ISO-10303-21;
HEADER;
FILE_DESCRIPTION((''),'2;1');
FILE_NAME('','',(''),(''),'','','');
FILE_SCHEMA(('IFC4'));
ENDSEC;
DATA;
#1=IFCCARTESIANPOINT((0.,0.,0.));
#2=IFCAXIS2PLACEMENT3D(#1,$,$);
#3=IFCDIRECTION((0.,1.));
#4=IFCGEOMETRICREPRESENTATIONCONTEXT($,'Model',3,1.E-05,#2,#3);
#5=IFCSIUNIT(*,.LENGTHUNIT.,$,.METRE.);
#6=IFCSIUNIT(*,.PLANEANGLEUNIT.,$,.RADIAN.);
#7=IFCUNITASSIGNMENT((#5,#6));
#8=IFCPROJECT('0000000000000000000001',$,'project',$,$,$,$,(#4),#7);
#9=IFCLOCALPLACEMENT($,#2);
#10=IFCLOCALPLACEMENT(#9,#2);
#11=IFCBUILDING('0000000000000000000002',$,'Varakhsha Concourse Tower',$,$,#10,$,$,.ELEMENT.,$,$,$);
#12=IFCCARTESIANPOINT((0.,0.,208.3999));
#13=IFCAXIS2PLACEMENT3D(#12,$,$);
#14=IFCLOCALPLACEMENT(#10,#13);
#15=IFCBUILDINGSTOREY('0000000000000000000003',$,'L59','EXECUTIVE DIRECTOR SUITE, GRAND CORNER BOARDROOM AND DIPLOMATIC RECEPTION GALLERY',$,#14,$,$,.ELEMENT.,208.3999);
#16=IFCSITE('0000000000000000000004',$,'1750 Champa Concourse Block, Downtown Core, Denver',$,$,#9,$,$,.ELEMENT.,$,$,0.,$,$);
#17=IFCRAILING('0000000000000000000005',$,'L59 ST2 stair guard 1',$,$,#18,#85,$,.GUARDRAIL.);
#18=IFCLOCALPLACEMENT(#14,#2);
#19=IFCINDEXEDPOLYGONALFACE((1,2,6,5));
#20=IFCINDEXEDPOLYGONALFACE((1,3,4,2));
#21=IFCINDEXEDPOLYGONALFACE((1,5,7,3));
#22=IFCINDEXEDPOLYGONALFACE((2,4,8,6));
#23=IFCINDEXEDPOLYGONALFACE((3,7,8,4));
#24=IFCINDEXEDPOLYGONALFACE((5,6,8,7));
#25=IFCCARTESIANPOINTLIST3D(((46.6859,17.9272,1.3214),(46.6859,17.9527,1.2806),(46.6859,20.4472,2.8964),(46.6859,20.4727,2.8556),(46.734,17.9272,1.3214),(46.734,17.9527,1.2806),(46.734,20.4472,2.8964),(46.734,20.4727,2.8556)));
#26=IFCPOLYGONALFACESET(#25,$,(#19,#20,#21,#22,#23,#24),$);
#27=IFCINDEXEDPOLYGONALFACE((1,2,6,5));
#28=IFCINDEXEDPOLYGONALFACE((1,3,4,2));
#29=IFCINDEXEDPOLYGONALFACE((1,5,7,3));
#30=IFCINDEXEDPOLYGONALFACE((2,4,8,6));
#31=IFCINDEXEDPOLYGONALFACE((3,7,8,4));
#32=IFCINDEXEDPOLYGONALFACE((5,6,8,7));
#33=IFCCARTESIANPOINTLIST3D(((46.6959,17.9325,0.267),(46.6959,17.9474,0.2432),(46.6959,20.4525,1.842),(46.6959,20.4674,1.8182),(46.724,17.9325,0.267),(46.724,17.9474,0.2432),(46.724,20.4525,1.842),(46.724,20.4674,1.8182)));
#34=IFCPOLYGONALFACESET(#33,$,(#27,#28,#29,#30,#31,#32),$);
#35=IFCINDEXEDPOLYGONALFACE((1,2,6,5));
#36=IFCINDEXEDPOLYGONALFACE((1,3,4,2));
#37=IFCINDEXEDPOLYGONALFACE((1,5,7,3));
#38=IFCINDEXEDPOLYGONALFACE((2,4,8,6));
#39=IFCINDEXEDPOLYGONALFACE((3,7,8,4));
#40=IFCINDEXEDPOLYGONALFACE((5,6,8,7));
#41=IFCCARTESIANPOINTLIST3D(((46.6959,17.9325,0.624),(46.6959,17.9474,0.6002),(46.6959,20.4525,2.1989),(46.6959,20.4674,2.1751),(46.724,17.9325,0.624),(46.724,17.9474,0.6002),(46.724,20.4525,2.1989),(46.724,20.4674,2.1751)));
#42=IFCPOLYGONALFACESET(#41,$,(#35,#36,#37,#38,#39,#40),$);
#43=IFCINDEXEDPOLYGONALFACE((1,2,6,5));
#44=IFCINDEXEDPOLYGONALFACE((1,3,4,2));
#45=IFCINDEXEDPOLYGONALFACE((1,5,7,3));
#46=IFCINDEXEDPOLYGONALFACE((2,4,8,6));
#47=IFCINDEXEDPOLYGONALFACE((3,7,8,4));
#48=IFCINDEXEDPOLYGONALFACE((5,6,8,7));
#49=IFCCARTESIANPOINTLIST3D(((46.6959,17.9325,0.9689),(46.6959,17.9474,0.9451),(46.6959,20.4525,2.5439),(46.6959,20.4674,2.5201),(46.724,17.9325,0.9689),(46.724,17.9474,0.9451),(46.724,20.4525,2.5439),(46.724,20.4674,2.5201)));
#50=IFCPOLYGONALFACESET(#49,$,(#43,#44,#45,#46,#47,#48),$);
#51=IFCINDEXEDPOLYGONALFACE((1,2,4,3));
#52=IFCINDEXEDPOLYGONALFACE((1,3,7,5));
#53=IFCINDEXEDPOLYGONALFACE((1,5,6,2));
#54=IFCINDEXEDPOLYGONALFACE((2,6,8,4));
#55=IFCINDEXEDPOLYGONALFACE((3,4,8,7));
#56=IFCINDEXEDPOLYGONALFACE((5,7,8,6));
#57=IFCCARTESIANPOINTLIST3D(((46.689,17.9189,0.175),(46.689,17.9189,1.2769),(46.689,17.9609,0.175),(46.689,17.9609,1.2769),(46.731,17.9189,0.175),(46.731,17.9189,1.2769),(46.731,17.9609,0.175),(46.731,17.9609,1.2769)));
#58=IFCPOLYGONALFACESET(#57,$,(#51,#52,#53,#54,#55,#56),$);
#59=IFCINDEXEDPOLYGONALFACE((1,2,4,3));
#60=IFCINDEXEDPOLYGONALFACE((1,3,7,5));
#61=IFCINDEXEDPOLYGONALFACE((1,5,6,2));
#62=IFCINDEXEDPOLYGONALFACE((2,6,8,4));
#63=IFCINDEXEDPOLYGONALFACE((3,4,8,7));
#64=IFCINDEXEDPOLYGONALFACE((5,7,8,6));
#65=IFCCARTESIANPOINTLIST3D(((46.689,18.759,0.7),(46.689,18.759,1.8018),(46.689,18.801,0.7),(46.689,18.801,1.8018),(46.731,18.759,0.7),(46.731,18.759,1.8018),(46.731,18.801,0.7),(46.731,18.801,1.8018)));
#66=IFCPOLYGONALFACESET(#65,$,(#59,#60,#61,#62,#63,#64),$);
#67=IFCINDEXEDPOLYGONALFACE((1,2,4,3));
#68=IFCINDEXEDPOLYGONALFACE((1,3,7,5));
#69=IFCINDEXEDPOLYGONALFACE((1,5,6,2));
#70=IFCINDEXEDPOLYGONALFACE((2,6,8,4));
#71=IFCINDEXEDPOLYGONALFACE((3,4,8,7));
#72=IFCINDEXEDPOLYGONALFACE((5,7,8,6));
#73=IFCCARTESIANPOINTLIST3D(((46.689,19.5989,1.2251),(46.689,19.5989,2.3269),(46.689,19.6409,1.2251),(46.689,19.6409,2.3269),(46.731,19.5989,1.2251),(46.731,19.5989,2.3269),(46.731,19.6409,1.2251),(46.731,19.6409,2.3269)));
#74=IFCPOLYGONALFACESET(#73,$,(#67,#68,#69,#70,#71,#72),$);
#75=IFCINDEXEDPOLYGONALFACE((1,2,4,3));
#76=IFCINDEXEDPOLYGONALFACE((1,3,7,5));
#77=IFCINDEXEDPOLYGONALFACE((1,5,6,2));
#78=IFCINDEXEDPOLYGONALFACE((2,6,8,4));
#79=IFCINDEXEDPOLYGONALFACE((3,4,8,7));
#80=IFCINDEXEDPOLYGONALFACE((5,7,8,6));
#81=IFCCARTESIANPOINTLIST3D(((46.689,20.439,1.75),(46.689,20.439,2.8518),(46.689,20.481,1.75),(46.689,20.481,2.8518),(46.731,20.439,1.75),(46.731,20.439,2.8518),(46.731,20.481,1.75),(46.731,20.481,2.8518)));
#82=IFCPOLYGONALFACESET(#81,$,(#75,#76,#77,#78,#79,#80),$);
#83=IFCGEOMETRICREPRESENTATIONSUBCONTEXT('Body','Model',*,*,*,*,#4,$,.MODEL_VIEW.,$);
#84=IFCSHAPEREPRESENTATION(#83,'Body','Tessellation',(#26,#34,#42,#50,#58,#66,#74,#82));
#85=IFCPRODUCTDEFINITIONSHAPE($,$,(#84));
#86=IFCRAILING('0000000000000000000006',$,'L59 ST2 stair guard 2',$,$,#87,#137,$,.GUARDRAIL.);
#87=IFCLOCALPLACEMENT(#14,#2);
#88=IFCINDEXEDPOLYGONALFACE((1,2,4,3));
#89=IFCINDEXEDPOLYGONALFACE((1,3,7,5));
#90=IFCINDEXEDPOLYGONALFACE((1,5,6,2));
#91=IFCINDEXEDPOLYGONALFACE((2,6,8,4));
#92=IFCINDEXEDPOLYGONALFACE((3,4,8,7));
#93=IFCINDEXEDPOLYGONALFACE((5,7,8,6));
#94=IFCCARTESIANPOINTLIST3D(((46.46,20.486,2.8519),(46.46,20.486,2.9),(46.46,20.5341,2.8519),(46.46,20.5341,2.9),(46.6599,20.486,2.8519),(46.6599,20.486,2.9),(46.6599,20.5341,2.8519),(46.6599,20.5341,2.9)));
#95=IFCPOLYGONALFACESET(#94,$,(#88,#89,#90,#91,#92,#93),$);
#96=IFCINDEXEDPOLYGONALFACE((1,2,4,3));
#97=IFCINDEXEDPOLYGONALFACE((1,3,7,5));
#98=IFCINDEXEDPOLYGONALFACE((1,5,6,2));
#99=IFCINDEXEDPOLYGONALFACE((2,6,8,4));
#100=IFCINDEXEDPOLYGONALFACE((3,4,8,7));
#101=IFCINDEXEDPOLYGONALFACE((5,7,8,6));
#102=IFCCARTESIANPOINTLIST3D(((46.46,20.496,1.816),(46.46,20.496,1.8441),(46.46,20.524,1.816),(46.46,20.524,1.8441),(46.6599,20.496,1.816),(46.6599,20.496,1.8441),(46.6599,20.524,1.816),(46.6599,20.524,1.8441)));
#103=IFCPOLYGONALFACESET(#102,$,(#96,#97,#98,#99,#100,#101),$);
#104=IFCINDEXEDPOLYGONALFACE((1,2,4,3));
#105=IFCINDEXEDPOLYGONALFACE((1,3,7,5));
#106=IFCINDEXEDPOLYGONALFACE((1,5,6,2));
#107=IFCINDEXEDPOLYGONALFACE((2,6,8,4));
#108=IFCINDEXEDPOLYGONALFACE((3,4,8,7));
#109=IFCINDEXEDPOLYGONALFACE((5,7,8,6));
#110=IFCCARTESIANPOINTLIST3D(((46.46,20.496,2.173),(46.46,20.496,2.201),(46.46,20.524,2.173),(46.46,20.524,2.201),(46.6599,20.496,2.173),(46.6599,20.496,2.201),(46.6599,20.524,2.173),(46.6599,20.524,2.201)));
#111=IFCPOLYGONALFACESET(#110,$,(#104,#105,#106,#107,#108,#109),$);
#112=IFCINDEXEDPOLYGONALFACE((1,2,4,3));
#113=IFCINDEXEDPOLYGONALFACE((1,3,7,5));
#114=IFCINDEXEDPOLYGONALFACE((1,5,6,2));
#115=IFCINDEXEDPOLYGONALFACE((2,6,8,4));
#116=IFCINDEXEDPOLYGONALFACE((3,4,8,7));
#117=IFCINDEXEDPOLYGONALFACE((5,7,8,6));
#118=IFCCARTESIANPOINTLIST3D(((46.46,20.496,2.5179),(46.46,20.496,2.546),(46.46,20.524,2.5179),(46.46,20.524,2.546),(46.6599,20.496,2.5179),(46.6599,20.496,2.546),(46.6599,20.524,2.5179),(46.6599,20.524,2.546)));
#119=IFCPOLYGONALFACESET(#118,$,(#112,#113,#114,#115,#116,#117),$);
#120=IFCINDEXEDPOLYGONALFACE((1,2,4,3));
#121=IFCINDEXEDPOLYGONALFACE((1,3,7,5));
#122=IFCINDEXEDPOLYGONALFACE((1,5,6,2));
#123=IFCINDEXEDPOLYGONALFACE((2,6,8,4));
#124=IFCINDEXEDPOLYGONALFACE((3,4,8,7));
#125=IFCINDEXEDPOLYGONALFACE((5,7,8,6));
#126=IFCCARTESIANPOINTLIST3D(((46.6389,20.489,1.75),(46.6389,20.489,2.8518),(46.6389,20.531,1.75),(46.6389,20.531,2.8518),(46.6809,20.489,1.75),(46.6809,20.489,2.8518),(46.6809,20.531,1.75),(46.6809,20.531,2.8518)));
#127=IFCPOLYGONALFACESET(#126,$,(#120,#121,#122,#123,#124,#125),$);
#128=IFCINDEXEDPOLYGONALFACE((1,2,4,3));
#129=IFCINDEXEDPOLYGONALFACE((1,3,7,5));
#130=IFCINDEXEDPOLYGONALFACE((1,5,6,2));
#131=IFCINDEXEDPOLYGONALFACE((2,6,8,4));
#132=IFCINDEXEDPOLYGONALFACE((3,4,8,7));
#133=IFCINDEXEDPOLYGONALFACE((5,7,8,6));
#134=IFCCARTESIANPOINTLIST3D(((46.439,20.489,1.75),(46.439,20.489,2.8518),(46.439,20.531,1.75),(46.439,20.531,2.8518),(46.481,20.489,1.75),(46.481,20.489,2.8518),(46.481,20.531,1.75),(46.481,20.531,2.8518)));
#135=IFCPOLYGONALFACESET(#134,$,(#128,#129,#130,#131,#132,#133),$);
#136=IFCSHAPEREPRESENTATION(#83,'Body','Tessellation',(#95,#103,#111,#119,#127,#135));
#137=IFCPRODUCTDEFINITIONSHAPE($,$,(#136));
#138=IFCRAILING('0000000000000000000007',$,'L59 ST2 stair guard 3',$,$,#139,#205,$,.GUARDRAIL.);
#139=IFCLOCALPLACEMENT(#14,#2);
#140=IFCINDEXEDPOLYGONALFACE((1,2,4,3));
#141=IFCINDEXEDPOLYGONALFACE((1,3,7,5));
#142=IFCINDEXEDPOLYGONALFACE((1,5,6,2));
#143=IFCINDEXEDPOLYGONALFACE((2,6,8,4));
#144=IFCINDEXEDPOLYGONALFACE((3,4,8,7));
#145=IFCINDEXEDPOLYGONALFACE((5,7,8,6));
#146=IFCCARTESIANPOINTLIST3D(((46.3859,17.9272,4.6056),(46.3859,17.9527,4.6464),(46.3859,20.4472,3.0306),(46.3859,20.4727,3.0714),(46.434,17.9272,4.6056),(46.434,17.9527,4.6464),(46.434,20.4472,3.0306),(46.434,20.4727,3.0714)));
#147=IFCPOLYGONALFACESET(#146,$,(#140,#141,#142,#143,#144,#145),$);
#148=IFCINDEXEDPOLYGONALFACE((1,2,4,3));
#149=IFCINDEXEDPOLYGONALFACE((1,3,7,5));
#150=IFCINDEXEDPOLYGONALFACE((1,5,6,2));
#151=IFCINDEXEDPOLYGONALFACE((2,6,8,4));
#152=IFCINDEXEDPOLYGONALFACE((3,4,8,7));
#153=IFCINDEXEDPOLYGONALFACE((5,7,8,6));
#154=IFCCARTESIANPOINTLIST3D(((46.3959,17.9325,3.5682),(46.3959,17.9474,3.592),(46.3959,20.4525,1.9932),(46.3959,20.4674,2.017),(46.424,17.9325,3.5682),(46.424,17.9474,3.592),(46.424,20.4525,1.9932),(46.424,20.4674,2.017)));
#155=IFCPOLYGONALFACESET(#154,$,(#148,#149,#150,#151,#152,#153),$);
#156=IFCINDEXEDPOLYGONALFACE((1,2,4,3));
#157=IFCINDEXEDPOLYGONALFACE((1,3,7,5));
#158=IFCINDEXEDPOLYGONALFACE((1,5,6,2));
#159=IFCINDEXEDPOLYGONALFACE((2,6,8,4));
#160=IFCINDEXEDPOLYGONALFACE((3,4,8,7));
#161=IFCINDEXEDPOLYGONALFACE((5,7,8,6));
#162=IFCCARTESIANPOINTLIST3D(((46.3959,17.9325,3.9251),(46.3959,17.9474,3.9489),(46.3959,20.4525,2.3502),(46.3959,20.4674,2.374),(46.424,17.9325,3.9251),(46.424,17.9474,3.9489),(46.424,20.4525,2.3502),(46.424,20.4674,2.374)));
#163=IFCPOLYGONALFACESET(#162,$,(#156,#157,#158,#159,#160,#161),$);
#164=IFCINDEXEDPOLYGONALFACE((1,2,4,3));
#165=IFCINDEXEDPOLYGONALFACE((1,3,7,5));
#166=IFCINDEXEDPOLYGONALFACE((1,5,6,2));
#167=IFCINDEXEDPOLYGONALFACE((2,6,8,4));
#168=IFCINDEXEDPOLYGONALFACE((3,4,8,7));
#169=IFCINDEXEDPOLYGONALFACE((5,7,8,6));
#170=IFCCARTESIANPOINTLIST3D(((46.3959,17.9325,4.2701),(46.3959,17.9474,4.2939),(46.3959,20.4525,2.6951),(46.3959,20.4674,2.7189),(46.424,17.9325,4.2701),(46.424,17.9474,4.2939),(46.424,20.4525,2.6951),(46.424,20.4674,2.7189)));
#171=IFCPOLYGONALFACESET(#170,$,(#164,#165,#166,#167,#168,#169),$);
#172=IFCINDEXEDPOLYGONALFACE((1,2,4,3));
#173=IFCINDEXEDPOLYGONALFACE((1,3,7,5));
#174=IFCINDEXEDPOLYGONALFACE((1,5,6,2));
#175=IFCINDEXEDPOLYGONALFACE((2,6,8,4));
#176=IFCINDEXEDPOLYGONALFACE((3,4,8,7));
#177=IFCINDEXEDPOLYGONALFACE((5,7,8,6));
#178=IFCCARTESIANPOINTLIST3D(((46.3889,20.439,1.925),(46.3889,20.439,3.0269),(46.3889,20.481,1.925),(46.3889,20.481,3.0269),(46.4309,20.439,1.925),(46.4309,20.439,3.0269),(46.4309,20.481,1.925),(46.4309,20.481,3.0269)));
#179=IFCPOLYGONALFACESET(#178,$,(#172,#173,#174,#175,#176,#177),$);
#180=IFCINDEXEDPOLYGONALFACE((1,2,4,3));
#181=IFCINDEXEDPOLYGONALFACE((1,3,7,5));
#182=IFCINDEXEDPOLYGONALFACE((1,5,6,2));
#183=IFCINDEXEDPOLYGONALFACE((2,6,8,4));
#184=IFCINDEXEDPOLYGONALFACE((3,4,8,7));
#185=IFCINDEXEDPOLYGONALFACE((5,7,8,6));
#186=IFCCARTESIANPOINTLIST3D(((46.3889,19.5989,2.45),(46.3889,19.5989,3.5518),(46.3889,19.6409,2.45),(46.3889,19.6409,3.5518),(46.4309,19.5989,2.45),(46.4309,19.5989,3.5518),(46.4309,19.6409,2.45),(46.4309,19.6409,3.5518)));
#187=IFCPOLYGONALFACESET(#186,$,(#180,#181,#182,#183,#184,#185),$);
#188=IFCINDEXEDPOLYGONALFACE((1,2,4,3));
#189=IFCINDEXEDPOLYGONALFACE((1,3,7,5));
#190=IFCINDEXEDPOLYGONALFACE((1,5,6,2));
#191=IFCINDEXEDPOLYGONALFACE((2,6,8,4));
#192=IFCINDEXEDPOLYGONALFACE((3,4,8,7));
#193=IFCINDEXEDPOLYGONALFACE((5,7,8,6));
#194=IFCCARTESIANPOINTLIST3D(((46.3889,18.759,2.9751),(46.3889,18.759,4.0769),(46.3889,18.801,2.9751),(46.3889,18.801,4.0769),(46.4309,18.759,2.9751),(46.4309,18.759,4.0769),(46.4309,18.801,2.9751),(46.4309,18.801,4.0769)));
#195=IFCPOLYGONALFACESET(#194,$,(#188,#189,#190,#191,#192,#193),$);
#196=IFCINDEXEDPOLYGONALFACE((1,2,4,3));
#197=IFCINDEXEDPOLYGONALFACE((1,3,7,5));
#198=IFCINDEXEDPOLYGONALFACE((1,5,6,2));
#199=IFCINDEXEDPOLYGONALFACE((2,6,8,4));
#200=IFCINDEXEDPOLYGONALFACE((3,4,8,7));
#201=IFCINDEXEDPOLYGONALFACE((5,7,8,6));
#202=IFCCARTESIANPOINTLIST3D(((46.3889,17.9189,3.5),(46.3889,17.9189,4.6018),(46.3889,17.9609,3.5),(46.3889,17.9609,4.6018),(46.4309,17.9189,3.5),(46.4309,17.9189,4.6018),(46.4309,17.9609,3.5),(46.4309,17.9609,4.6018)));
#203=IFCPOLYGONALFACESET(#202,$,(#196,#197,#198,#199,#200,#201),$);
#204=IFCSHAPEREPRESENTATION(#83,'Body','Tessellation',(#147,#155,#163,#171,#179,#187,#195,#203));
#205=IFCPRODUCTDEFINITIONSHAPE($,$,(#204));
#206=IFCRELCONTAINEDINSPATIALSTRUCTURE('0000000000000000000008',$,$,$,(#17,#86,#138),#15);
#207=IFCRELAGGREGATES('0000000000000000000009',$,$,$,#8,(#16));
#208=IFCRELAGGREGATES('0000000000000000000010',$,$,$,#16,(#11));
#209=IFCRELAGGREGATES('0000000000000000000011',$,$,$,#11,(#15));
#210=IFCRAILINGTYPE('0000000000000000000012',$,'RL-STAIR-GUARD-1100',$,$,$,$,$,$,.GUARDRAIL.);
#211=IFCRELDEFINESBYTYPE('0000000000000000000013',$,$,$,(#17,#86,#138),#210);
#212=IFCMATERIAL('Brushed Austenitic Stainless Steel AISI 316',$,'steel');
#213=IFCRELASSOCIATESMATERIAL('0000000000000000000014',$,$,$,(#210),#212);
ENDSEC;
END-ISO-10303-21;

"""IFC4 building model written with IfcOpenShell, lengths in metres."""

from ifc_helpers import new_model, si_unit, direction, frame, origin, origin_2d, place, context, subcontext, project, spatial, rectangle, extrude, material, type_object, element, save


model = new_model("IFC4")

# Units and contexts
model_context = context("Model", 3, precision=1e-05, world=origin(), true_north=direction((0.0, 1.0)))
body_context = subcontext(model_context, "Body", "Model", "MODEL_VIEW")
ifc_project = project(units=[si_unit("LENGTHUNIT", "METRE"), si_unit("PLANEANGLEUNIT", "RADIAN")], contexts=[model_context])

# Site, building, storey
site_placement = place(None, origin())
site = spatial("IfcSite", under=ifc_project, at=site_placement, Name="1750 Champa Concourse Block, Downtown Core, Denver", CompositionType="ELEMENT", RefElevation=0.0)
building_placement = place(site_placement, origin())
building = spatial("IfcBuilding", under=site, at=building_placement, Name="Varakhsha Concourse Tower", CompositionType="ELEMENT")
storey_placement = place(building_placement, frame((0.0, 0.0, 208.3999)))
storey = spatial("IfcBuildingStorey", under=building, at=storey_placement, Name="L59", Description="EXECUTIVE DIRECTOR SUITE, GRAND CORNER BOARDROOM AND DIPLOMATIC RECEPTION GALLERY", CompositionType="ELEMENT", Elevation=208.3999)

# Railings
ifc_material_1 = material(Name="Brushed Austenitic Stainless Steel AISI 316", Category="steel")
railing_type_1 = type_object("IfcRailingType", Name="RL-STAIR-GUARD-1100", PredefinedType="GUARDRAIL", material=ifc_material_1)
railing_1_placement = place(storey_placement, frame((46.71, 17.9399, 0.175)))
element("IfcRailing", 1, at=railing_1_placement, inside=storey, type_object=railing_type_1, Name="L59 ST2 stair guard 1", PredefinedType="GUARDRAIL", context=body_context, shape_type="SweptSolid", body=[
    extrude(rectangle(XDim=0.0481, YDim=0.0481, at=origin_2d()), frame((0.0, 0.0, 1.126), z_axis=(0.0, 0.848008, 0.529984), x_axis=(-1.0, 0.0, 0.0)), (0.0, 0.0, 1.0), 2.9717),
    extrude(rectangle(XDim=0.0281, YDim=0.0281, at=origin_2d()), frame((0.0, 0.0, 0.0801), z_axis=(0.0, 0.848008, 0.529984), x_axis=(-1.0, 0.0, 0.0)), (0.0, 0.0, 1.0), 2.9717),
    extrude(rectangle(XDim=0.0281, YDim=0.0281, at=origin_2d()), frame((0.0, 0.0, 0.437), z_axis=(0.0, 0.848008, 0.529984), x_axis=(-1.0, 0.0, 0.0)), (0.0, 0.0, 1.0), 2.9717),
    extrude(rectangle(XDim=0.0281, YDim=0.0281, at=origin_2d()), frame((0.0, 0.0, 0.782), z_axis=(0.0, 0.848008, 0.529984), x_axis=(-1.0, 0.0, 0.0)), (0.0, 0.0, 1.0), 2.9717),
    extrude(rectangle(XDim=0.042, YDim=0.042, at=origin_2d()), origin(), (0.0, 0.0, 1.0), 1.1018),
    extrude(rectangle(XDim=0.042, YDim=0.042, at=origin_2d()), frame((0.0, 0.8401, 0.5249)), (0.0, 0.0, 1.0), 1.1018),
    extrude(rectangle(XDim=0.042, YDim=0.042, at=origin_2d()), frame((0.0, 1.6799, 1.05)), (0.0, 0.0, 1.0), 1.1018),
    extrude(rectangle(XDim=0.042, YDim=0.042, at=origin_2d()), frame((0.0, 2.52, 1.575)), (0.0, 0.0, 1.0), 1.1018),
])
railing_2_placement = place(storey_placement, frame((46.6599, 20.51, 1.75)))
element("IfcRailing", 2, at=railing_2_placement, inside=storey, type_object=railing_type_1, Name="L59 ST2 stair guard 2", PredefinedType="GUARDRAIL", context=body_context, shape_type="SweptSolid", body=[
    extrude(rectangle(XDim=0.0481, YDim=0.0481, at=origin_2d()), frame((0.0, 0.0, 1.126), z_axis=(-1.0, 0.0, 0.0), x_axis=(0.0, -1.0, 0.0)), (0.0, 0.0, 1.0), 0.2),
    extrude(rectangle(XDim=0.0281, YDim=0.0281, at=origin_2d()), frame((0.0, 0.0, 0.0801), z_axis=(-1.0, 0.0, 0.0), x_axis=(0.0, -1.0, 0.0)), (0.0, 0.0, 1.0), 0.2),
    extrude(rectangle(XDim=0.0281, YDim=0.0281, at=origin_2d()), frame((0.0, 0.0, 0.437), z_axis=(-1.0, 0.0, 0.0), x_axis=(0.0, -1.0, 0.0)), (0.0, 0.0, 1.0), 0.2),
    extrude(rectangle(XDim=0.0281, YDim=0.0281, at=origin_2d()), frame((0.0, 0.0, 0.782), z_axis=(-1.0, 0.0, 0.0), x_axis=(0.0, -1.0, 0.0)), (0.0, 0.0, 1.0), 0.2),
    extrude(rectangle(XDim=0.042, YDim=0.042, at=origin_2d()), origin(), (0.0, 0.0, 1.0), 1.1018),
    extrude(rectangle(XDim=0.042, YDim=0.042, at=origin_2d()), frame((-0.2, 0.0, 0.0)), (0.0, 0.0, 1.0), 1.1018),
])
railing_3_placement = place(storey_placement, frame((46.4099, 20.46, 1.925)))
element("IfcRailing", 3, at=railing_3_placement, inside=storey, type_object=railing_type_1, Name="L59 ST2 stair guard 3", PredefinedType="GUARDRAIL", context=body_context, shape_type="SweptSolid", body=[
    extrude(rectangle(XDim=0.0481, YDim=0.0481, at=origin_2d()), frame((0.0, 0.0, 1.126), z_axis=(0.0, -0.848008, 0.529984), x_axis=(1.0, 0.0, 0.0)), (0.0, 0.0, 1.0), 2.9717),
    extrude(rectangle(XDim=0.0281, YDim=0.0281, at=origin_2d()), frame((0.0, 0.0, 0.0801), z_axis=(0.0, -0.848008, 0.529984), x_axis=(1.0, 0.0, 0.0)), (0.0, 0.0, 1.0), 2.9717),
    extrude(rectangle(XDim=0.0281, YDim=0.0281, at=origin_2d()), frame((0.0, 0.0, 0.437), z_axis=(0.0, -0.848008, 0.529984), x_axis=(1.0, 0.0, 0.0)), (0.0, 0.0, 1.0), 2.9717),
    extrude(rectangle(XDim=0.0281, YDim=0.0281, at=origin_2d()), frame((0.0, 0.0, 0.782), z_axis=(0.0, -0.848008, 0.529984), x_axis=(1.0, 0.0, 0.0)), (0.0, 0.0, 1.0), 2.9717),
    extrude(rectangle(XDim=0.042, YDim=0.042, at=origin_2d()), origin(), (0.0, 0.0, 1.0), 1.1018),
    extrude(rectangle(XDim=0.042, YDim=0.042, at=origin_2d()), frame((0.0, -0.8401, 0.5249)), (0.0, 0.0, 1.0), 1.1018),
    extrude(rectangle(XDim=0.042, YDim=0.042, at=origin_2d()), frame((0.0, -1.6799, 1.05)), (0.0, 0.0, 1.0), 1.1018),
    extrude(rectangle(XDim=0.042, YDim=0.042, at=origin_2d()), frame((0.0, -2.52, 1.575)), (0.0, 0.0, 1.0), 1.1018),
])

save(model, "model.ifc")
